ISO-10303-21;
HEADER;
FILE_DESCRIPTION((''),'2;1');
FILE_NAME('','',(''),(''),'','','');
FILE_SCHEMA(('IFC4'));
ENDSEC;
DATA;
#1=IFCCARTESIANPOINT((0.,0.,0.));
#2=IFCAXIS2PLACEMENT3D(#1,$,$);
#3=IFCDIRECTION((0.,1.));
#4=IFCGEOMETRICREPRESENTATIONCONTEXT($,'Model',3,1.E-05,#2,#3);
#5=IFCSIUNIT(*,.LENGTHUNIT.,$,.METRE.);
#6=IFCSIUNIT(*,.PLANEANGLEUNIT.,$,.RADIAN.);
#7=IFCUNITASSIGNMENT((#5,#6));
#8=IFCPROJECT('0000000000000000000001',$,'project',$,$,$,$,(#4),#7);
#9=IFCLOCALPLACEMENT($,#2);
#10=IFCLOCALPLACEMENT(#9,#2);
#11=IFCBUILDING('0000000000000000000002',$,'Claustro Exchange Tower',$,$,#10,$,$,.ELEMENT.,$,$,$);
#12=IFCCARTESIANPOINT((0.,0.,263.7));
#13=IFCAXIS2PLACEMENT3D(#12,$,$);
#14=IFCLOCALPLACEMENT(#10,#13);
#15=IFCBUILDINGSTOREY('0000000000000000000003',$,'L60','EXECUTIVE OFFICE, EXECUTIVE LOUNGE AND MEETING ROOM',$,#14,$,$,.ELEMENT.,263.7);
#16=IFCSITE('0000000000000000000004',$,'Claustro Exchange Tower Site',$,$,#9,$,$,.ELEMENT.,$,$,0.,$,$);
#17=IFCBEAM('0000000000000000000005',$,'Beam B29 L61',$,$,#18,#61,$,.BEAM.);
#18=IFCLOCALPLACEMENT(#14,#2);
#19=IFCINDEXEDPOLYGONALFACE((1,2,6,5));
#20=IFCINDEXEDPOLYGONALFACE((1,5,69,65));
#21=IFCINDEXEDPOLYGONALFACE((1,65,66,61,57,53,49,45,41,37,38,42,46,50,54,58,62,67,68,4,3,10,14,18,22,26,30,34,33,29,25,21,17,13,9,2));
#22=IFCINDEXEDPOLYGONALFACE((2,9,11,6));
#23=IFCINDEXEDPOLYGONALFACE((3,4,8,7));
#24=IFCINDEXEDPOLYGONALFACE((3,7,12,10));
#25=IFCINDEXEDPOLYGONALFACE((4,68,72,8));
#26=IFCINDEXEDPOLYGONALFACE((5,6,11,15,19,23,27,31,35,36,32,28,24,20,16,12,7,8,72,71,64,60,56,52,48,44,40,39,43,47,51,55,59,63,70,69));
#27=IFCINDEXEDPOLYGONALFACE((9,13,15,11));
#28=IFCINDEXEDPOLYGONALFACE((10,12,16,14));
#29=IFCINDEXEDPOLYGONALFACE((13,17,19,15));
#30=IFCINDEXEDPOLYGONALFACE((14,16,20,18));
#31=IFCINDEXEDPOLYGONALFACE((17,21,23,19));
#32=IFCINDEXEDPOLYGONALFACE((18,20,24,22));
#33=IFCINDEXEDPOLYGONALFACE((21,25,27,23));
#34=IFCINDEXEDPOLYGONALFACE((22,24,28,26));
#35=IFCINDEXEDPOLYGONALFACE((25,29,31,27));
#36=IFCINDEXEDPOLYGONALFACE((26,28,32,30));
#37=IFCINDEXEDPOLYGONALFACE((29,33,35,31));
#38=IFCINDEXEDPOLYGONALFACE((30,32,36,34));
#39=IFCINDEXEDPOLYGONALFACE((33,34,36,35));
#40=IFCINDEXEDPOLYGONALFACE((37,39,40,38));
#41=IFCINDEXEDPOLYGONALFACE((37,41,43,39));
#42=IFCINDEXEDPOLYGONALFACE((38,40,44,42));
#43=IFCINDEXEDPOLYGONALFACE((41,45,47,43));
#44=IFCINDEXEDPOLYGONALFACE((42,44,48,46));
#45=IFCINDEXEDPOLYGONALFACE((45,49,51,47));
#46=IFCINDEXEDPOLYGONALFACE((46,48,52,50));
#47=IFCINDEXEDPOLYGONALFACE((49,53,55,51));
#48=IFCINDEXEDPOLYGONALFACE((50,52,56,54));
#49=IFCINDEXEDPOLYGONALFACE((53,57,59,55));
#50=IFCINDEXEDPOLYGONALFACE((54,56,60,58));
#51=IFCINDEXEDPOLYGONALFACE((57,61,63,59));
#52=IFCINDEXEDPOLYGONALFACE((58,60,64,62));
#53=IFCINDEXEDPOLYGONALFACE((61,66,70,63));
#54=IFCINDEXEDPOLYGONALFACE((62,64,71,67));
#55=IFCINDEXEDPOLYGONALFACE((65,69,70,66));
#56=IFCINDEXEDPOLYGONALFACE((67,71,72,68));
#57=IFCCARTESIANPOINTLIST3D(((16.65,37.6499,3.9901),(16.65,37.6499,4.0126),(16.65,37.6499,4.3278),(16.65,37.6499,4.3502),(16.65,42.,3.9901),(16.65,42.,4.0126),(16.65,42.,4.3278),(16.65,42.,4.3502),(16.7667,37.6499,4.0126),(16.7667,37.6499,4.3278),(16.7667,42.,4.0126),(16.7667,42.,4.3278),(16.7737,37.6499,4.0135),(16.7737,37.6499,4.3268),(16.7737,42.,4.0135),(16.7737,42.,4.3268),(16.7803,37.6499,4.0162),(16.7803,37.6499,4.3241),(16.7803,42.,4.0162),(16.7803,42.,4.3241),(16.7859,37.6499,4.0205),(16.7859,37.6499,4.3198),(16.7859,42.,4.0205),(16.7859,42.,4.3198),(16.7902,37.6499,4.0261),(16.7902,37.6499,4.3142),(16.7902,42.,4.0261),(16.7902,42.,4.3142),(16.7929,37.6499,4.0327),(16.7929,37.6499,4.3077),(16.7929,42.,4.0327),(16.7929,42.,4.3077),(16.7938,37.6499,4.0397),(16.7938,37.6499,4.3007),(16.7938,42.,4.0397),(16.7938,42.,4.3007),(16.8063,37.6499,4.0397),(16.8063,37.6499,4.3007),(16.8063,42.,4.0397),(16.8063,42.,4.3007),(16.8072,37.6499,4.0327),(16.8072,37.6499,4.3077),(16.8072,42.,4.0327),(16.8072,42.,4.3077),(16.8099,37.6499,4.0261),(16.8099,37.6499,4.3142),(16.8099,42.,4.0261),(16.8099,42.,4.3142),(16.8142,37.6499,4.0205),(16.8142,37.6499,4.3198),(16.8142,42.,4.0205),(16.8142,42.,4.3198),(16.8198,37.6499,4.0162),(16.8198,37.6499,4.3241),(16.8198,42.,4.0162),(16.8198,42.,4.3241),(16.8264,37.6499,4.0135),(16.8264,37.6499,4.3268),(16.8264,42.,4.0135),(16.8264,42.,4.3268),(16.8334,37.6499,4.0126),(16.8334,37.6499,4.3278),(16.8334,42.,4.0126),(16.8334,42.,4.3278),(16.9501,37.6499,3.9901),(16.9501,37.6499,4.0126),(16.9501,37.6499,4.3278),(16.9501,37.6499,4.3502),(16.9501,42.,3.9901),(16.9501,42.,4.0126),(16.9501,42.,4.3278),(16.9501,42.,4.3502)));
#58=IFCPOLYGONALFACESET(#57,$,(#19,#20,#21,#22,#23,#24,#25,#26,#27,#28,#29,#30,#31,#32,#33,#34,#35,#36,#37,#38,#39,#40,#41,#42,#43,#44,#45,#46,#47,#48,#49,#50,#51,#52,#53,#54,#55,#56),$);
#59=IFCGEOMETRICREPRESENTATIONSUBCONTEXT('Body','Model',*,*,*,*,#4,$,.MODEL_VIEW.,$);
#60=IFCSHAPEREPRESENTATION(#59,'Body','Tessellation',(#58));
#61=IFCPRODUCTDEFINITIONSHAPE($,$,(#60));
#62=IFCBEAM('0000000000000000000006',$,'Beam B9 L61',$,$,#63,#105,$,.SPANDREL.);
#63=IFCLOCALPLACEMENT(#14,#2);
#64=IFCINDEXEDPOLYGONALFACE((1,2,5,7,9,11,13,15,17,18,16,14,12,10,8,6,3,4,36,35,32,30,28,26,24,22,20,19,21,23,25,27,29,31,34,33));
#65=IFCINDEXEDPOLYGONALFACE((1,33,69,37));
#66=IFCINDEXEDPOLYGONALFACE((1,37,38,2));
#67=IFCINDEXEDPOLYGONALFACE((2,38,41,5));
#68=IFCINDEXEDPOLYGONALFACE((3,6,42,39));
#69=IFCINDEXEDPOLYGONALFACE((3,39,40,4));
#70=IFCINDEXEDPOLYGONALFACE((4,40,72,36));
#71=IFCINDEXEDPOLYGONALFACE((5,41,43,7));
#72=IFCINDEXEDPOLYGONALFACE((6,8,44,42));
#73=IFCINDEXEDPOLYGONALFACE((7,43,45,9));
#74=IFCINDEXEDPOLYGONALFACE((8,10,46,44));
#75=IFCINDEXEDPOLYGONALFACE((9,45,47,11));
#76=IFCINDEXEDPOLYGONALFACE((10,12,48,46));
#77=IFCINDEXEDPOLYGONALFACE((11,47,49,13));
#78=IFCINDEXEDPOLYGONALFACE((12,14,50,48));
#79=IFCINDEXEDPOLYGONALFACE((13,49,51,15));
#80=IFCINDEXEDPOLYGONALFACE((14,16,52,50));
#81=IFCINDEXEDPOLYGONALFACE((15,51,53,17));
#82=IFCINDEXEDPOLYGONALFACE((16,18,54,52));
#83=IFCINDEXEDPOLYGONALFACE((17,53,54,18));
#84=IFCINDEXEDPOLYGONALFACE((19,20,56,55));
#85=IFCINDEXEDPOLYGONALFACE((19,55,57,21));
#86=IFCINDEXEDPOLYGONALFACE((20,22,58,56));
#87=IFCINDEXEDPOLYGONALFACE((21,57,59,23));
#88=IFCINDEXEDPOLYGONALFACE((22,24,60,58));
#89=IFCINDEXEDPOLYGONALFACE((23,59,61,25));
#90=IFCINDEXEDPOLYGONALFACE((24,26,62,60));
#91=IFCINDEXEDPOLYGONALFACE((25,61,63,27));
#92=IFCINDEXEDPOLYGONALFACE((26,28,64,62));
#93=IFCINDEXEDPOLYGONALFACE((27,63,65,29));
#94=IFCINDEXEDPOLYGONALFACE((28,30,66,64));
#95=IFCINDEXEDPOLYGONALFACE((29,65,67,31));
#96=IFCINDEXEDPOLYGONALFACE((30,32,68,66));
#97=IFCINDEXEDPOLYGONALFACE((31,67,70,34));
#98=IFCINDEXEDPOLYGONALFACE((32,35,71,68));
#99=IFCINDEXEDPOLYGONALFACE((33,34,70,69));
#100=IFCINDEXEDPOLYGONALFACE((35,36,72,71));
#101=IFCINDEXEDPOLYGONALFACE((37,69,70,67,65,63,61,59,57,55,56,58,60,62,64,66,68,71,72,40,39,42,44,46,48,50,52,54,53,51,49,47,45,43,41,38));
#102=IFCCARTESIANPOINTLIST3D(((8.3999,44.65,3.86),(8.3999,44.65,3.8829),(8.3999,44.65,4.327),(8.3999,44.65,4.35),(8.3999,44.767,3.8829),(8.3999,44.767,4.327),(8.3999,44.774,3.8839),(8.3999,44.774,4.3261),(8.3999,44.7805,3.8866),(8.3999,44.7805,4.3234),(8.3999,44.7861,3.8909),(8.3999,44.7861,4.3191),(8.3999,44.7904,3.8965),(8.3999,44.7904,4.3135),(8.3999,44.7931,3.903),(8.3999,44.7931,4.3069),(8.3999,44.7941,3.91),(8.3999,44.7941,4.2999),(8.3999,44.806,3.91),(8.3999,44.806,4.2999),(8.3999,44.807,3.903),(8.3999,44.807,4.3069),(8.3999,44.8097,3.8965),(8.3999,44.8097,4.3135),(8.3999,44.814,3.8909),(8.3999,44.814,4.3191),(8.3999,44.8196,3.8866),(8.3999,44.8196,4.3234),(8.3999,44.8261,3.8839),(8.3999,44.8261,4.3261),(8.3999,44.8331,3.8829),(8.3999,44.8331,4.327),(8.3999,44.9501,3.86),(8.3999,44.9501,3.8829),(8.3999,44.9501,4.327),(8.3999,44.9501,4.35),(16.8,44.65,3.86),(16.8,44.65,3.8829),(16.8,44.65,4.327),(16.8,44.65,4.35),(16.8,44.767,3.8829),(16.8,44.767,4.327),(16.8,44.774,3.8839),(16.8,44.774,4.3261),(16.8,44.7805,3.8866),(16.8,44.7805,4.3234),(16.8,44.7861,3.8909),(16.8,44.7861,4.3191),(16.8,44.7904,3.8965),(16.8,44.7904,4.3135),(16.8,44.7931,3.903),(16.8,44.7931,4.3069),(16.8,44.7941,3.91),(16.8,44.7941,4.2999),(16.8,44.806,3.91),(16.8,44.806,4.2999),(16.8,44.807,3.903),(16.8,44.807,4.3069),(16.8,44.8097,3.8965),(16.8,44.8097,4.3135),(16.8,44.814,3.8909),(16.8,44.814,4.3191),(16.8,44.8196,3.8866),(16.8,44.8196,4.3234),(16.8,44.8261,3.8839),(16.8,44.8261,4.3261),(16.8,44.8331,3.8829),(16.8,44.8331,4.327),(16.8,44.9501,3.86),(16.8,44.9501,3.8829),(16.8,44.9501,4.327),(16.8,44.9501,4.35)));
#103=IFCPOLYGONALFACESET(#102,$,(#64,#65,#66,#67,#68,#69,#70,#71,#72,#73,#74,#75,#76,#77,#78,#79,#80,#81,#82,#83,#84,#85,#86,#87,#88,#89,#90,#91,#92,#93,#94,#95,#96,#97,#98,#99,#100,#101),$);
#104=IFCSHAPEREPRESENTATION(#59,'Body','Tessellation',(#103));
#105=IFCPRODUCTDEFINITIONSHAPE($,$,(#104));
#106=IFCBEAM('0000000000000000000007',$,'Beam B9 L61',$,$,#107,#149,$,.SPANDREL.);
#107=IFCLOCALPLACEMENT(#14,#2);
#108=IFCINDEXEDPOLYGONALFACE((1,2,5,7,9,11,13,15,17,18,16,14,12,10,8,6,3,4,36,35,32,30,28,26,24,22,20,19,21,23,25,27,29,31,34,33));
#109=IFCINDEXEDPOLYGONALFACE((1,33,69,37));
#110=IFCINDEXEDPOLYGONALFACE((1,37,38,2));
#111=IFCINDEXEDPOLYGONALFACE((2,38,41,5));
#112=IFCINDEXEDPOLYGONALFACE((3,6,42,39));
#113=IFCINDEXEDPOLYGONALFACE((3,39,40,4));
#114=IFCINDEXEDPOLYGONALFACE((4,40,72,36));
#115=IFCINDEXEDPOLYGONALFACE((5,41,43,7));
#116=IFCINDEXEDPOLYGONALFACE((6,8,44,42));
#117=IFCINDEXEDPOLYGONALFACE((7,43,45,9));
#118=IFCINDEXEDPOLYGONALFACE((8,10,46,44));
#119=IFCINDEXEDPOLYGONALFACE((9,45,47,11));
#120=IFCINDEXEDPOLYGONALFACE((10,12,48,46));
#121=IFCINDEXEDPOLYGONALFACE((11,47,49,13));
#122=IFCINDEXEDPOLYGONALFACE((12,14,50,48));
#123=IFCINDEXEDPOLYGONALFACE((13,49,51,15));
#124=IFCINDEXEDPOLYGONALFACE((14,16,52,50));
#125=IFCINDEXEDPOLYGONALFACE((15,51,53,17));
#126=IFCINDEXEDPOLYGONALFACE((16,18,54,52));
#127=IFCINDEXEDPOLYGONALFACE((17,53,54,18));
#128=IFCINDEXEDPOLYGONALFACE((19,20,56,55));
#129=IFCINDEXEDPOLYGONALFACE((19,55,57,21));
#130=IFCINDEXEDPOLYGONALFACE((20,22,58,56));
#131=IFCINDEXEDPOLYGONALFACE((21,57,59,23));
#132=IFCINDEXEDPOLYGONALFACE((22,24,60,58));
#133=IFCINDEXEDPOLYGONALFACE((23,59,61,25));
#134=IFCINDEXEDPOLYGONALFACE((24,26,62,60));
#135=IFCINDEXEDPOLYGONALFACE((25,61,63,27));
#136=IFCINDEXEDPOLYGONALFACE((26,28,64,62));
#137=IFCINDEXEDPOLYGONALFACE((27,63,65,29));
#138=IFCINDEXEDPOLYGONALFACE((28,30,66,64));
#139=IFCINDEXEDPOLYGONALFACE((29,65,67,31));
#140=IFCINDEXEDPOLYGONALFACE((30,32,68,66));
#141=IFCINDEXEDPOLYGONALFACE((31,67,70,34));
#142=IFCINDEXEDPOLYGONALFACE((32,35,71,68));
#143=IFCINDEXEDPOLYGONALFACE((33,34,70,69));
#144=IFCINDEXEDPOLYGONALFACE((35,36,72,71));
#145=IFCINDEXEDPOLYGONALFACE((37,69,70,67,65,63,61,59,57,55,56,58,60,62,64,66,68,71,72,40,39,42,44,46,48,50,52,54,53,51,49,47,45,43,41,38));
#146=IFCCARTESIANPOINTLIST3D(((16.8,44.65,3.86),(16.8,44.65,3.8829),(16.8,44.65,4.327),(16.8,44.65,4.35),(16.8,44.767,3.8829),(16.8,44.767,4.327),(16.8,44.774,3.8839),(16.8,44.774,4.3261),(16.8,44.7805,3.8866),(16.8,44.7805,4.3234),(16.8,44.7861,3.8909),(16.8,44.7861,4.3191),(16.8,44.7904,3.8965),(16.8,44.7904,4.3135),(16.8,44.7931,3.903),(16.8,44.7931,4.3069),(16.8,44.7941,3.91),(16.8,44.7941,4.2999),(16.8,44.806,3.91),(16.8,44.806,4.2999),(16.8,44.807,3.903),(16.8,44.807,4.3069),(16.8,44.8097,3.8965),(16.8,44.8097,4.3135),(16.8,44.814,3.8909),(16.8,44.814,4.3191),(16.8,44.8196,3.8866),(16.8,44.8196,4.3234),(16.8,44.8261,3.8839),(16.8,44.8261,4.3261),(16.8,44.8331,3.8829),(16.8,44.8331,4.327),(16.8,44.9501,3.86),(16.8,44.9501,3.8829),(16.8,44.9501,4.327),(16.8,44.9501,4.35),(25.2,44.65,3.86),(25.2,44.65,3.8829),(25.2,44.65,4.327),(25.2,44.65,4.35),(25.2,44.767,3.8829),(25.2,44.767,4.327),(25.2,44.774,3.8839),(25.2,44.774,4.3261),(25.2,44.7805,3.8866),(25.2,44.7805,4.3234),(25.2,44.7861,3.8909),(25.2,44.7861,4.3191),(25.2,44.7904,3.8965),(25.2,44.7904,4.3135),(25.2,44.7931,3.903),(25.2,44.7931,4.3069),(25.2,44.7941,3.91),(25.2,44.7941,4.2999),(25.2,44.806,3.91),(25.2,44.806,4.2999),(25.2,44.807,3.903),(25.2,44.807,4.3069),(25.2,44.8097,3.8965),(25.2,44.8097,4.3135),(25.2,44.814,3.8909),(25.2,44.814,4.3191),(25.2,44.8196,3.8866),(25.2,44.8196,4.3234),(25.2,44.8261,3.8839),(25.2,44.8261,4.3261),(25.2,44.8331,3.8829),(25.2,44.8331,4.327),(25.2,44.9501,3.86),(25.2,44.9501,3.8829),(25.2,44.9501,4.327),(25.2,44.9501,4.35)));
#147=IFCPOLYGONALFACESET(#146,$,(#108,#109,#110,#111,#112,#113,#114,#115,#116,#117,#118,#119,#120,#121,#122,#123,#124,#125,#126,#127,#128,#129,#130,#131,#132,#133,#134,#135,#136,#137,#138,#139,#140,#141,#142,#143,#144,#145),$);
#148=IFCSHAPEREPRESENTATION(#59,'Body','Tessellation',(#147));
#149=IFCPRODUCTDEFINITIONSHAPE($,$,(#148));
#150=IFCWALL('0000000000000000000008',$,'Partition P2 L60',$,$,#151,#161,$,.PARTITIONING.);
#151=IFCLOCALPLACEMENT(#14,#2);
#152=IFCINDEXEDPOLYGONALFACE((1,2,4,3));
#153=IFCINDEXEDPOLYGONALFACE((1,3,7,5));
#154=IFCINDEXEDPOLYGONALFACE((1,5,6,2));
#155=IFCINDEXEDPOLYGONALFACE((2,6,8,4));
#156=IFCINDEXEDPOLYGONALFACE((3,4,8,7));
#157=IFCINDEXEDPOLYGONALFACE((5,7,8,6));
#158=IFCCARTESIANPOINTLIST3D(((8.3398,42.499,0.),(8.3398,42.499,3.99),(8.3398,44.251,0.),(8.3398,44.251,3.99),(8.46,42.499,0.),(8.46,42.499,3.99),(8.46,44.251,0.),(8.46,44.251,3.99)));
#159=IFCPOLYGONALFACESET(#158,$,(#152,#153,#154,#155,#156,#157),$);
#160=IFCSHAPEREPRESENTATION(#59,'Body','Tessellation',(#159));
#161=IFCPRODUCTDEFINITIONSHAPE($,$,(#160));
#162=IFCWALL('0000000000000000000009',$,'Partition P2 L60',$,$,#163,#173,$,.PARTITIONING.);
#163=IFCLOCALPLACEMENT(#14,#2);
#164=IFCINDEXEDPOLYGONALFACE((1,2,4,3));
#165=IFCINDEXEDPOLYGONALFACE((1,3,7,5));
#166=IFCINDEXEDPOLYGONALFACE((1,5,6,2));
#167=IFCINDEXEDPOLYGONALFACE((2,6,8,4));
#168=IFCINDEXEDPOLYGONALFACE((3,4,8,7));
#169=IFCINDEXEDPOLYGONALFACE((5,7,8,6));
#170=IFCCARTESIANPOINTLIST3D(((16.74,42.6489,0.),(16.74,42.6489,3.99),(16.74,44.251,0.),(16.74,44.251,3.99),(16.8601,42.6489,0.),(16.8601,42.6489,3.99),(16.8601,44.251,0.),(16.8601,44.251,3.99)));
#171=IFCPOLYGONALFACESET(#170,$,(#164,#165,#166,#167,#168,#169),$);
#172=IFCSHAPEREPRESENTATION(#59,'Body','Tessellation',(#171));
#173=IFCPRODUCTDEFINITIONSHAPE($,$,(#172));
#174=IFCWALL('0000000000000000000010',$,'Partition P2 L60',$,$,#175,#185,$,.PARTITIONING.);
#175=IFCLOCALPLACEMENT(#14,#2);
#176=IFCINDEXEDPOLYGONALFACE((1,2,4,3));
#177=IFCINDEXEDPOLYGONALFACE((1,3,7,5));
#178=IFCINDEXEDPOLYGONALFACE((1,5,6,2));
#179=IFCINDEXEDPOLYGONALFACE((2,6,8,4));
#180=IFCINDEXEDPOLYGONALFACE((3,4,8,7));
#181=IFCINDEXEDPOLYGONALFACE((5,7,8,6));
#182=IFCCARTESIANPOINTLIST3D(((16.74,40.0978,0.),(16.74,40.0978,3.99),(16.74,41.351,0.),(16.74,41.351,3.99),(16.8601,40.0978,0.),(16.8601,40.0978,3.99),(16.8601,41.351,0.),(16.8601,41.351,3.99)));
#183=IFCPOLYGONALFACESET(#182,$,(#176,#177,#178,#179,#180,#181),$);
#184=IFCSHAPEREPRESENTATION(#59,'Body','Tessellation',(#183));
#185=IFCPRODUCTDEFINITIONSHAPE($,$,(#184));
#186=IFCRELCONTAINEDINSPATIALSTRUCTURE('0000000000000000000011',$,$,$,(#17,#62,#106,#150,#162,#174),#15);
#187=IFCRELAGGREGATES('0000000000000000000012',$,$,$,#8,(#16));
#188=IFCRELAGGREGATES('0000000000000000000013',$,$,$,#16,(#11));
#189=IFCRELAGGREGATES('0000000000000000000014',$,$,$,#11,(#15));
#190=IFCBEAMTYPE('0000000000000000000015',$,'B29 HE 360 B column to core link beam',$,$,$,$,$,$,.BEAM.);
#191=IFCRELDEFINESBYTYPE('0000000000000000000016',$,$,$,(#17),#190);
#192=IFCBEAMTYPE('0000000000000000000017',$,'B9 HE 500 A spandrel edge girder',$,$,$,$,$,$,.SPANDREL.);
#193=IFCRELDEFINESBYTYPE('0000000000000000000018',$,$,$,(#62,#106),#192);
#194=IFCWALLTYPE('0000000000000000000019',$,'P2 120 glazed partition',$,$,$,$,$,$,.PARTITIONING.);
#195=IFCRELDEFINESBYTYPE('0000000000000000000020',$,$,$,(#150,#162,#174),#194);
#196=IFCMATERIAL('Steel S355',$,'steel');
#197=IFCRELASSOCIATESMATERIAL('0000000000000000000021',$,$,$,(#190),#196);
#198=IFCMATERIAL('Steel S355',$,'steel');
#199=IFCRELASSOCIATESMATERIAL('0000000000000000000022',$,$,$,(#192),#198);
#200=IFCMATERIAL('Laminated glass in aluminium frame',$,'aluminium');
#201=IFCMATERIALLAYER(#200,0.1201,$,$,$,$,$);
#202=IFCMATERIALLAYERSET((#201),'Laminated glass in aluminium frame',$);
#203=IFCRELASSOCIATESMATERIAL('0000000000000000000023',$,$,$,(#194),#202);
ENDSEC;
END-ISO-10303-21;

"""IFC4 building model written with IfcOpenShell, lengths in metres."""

from ifc_helpers import new_model, si_unit, direction, frame, frame_2d, origin, origin_2d, place, context, subcontext, project, spatial, rectangle, i_section, extrude, material, layer, layer_set, material_profile, profile_set, type_object, element, save


model = new_model("IFC4")

# Units and contexts
model_context = context("Model", 3, precision=1e-05, world=origin(), true_north=direction((0.0, 1.0)))
body_context = subcontext(model_context, "Body", "Model", "MODEL_VIEW")
ifc_project = project(units=[si_unit("LENGTHUNIT", "METRE"), si_unit("PLANEANGLEUNIT", "RADIAN")], contexts=[model_context])

# Site, building, storey
site_placement = place(None, origin())
site = spatial("IfcSite", under=ifc_project, at=site_placement, Name="Claustro Exchange Tower Site", CompositionType="ELEMENT", RefElevation=0.0)
building_placement = place(site_placement, origin())
building = spatial("IfcBuilding", under=site, at=building_placement, Name="Claustro Exchange Tower", CompositionType="ELEMENT")
storey_placement = place(building_placement, frame((0.0, 0.0, 263.7)))
storey = spatial("IfcBuildingStorey", under=building, at=storey_placement, Name="L60", Description="EXECUTIVE OFFICE, EXECUTIVE LOUNGE AND MEETING ROOM", CompositionType="ELEMENT", Elevation=263.7)

# Beams
ifc_material_1 = material(Name="Steel S355", Category="steel")
ifc_material_profile_1 = material_profile(ifc_material_1, i_section(OverallWidth=0.3, OverallDepth=0.3601, WebThickness=0.0125, FlangeThickness=0.0225, FilletRadius=0.0271, at=origin_2d()), Name="HE 360 B")
ifc_profile_set_1 = profile_set([ifc_material_profile_1], Name="Steel S355")
beam_type_1 = type_object("IfcBeamType", Name="B29 HE 360 B column to core link beam", PredefinedType="BEAM", material=ifc_profile_set_1)
for number, where, z_axis, x_axis, name in (
    (1, (16.8, 37.6499, 4.1702), (0.0, 1.0, 0.0), (-1.0, 0.0, 0.0), "Beam B29 L61"),
):
    element("IfcBeam", number, at=place(storey_placement, frame(where, z_axis=z_axis, x_axis=x_axis)), inside=storey, type_object=beam_type_1, Name=name, PredefinedType="BEAM", context=body_context, shape_type="SweptSolid", body=[
        extrude(i_section(OverallWidth=0.3, OverallDepth=0.3601, WebThickness=0.0125, FlangeThickness=0.0225, FilletRadius=0.0271, at=origin_2d()), origin(), (0.0, 0.0, 1.0), 4.3501),
    ])
ifc_material_2 = material(Name="Steel S355", Category="steel")
ifc_material_profile_2 = material_profile(ifc_material_2, i_section(OverallWidth=0.3, OverallDepth=0.49, WebThickness=0.012, FlangeThickness=0.0229, FilletRadius=0.0271, at=origin_2d()), Name="HE 500 A")
ifc_profile_set_2 = profile_set([ifc_material_profile_2], Name="Steel S355")
beam_type_2 = type_object("IfcBeamType", Name="B9 HE 500 A spandrel edge girder", PredefinedType="SPANDREL", material=ifc_profile_set_2)
beam_1_placement = place(storey_placement, frame((8.3999, 44.8, 4.105), z_axis=(1.0, 0.0, 0.0), x_axis=(0.0, 1.0, 0.0)))
element("IfcBeam", 2, at=beam_1_placement, inside=storey, type_object=beam_type_2, Name="Beam B9 L61", PredefinedType="SPANDREL", context=body_context, shape_type="SweptSolid", body=[
    extrude(i_section(OverallWidth=0.3, OverallDepth=0.49, WebThickness=0.012, FlangeThickness=0.0229, FilletRadius=0.0271, at=origin_2d()), origin(), (0.0, 0.0, 1.0), 8.4001),
])
beam_2_placement = place(storey_placement, frame((16.8, 44.8, 4.105), z_axis=(1.0, 0.0, 0.0), x_axis=(0.0, 1.0, 0.0)))
element("IfcBeam", 3, at=beam_2_placement, inside=storey, type_object=beam_type_2, Name="Beam B9 L61", PredefinedType="SPANDREL", context=body_context, shape_type="SweptSolid", body=[
    extrude(i_section(OverallWidth=0.3, OverallDepth=0.49, WebThickness=0.012, FlangeThickness=0.0229, FilletRadius=0.0271, at=origin_2d()), origin(), (0.0, 0.0, 1.0), 8.3999),
])

# Walls
ifc_material_3 = material(Name="Laminated glass in aluminium frame", Category="aluminium")
ifc_layer_1 = layer(ifc_material_3, 0.1201)
ifc_layer_set_1 = layer_set([ifc_layer_1], Name="Laminated glass in aluminium frame")
wall_type_1 = type_object("IfcWallType", Name="P2 120 glazed partition", PredefinedType="PARTITIONING", material=ifc_layer_set_1)
wall_1_placement = place(storey_placement, frame((8.3999, 42.499, 0.0), z_axis=(0.0, 0.0, 1.0), x_axis=(0.0, 1.0, 0.0)))
element("IfcWall", 4, at=wall_1_placement, inside=storey, type_object=wall_type_1, Name="Partition P2 L60", PredefinedType="PARTITIONING", context=body_context, shape_type="SweptSolid", body=[
    extrude(rectangle(XDim=1.752, YDim=0.1201, at=frame_2d((0.876, 0.0))), origin(), (0.0, 0.0, 1.0), 3.99),
])
wall_2_placement = place(storey_placement, frame((16.8, 42.6489, 0.0), z_axis=(0.0, 0.0, 1.0), x_axis=(0.0, 1.0, 0.0)))
element("IfcWall", 5, at=wall_2_placement, inside=storey, type_object=wall_type_1, Name="Partition P2 L60", PredefinedType="PARTITIONING", context=body_context, shape_type="SweptSolid", body=[
    extrude(rectangle(XDim=1.6021, YDim=0.1201, at=frame_2d((0.801, 0.0))), origin(), (0.0, 0.0, 1.0), 3.99),
])
wall_3_placement = place(storey_placement, frame((16.8, 40.0979, 0.0), z_axis=(0.0, 0.0, 1.0), x_axis=(0.0, 1.0, 0.0)))
element("IfcWall", 6, at=wall_3_placement, inside=storey, type_object=wall_type_1, Name="Partition P2 L60", PredefinedType="PARTITIONING", context=body_context, shape_type="SweptSolid", body=[
    extrude(rectangle(XDim=1.2532, YDim=0.1201, at=frame_2d((0.6265, 0.0))), origin(), (0.0, 0.0, 1.0), 3.99),
])

save(model, "model.ifc")
